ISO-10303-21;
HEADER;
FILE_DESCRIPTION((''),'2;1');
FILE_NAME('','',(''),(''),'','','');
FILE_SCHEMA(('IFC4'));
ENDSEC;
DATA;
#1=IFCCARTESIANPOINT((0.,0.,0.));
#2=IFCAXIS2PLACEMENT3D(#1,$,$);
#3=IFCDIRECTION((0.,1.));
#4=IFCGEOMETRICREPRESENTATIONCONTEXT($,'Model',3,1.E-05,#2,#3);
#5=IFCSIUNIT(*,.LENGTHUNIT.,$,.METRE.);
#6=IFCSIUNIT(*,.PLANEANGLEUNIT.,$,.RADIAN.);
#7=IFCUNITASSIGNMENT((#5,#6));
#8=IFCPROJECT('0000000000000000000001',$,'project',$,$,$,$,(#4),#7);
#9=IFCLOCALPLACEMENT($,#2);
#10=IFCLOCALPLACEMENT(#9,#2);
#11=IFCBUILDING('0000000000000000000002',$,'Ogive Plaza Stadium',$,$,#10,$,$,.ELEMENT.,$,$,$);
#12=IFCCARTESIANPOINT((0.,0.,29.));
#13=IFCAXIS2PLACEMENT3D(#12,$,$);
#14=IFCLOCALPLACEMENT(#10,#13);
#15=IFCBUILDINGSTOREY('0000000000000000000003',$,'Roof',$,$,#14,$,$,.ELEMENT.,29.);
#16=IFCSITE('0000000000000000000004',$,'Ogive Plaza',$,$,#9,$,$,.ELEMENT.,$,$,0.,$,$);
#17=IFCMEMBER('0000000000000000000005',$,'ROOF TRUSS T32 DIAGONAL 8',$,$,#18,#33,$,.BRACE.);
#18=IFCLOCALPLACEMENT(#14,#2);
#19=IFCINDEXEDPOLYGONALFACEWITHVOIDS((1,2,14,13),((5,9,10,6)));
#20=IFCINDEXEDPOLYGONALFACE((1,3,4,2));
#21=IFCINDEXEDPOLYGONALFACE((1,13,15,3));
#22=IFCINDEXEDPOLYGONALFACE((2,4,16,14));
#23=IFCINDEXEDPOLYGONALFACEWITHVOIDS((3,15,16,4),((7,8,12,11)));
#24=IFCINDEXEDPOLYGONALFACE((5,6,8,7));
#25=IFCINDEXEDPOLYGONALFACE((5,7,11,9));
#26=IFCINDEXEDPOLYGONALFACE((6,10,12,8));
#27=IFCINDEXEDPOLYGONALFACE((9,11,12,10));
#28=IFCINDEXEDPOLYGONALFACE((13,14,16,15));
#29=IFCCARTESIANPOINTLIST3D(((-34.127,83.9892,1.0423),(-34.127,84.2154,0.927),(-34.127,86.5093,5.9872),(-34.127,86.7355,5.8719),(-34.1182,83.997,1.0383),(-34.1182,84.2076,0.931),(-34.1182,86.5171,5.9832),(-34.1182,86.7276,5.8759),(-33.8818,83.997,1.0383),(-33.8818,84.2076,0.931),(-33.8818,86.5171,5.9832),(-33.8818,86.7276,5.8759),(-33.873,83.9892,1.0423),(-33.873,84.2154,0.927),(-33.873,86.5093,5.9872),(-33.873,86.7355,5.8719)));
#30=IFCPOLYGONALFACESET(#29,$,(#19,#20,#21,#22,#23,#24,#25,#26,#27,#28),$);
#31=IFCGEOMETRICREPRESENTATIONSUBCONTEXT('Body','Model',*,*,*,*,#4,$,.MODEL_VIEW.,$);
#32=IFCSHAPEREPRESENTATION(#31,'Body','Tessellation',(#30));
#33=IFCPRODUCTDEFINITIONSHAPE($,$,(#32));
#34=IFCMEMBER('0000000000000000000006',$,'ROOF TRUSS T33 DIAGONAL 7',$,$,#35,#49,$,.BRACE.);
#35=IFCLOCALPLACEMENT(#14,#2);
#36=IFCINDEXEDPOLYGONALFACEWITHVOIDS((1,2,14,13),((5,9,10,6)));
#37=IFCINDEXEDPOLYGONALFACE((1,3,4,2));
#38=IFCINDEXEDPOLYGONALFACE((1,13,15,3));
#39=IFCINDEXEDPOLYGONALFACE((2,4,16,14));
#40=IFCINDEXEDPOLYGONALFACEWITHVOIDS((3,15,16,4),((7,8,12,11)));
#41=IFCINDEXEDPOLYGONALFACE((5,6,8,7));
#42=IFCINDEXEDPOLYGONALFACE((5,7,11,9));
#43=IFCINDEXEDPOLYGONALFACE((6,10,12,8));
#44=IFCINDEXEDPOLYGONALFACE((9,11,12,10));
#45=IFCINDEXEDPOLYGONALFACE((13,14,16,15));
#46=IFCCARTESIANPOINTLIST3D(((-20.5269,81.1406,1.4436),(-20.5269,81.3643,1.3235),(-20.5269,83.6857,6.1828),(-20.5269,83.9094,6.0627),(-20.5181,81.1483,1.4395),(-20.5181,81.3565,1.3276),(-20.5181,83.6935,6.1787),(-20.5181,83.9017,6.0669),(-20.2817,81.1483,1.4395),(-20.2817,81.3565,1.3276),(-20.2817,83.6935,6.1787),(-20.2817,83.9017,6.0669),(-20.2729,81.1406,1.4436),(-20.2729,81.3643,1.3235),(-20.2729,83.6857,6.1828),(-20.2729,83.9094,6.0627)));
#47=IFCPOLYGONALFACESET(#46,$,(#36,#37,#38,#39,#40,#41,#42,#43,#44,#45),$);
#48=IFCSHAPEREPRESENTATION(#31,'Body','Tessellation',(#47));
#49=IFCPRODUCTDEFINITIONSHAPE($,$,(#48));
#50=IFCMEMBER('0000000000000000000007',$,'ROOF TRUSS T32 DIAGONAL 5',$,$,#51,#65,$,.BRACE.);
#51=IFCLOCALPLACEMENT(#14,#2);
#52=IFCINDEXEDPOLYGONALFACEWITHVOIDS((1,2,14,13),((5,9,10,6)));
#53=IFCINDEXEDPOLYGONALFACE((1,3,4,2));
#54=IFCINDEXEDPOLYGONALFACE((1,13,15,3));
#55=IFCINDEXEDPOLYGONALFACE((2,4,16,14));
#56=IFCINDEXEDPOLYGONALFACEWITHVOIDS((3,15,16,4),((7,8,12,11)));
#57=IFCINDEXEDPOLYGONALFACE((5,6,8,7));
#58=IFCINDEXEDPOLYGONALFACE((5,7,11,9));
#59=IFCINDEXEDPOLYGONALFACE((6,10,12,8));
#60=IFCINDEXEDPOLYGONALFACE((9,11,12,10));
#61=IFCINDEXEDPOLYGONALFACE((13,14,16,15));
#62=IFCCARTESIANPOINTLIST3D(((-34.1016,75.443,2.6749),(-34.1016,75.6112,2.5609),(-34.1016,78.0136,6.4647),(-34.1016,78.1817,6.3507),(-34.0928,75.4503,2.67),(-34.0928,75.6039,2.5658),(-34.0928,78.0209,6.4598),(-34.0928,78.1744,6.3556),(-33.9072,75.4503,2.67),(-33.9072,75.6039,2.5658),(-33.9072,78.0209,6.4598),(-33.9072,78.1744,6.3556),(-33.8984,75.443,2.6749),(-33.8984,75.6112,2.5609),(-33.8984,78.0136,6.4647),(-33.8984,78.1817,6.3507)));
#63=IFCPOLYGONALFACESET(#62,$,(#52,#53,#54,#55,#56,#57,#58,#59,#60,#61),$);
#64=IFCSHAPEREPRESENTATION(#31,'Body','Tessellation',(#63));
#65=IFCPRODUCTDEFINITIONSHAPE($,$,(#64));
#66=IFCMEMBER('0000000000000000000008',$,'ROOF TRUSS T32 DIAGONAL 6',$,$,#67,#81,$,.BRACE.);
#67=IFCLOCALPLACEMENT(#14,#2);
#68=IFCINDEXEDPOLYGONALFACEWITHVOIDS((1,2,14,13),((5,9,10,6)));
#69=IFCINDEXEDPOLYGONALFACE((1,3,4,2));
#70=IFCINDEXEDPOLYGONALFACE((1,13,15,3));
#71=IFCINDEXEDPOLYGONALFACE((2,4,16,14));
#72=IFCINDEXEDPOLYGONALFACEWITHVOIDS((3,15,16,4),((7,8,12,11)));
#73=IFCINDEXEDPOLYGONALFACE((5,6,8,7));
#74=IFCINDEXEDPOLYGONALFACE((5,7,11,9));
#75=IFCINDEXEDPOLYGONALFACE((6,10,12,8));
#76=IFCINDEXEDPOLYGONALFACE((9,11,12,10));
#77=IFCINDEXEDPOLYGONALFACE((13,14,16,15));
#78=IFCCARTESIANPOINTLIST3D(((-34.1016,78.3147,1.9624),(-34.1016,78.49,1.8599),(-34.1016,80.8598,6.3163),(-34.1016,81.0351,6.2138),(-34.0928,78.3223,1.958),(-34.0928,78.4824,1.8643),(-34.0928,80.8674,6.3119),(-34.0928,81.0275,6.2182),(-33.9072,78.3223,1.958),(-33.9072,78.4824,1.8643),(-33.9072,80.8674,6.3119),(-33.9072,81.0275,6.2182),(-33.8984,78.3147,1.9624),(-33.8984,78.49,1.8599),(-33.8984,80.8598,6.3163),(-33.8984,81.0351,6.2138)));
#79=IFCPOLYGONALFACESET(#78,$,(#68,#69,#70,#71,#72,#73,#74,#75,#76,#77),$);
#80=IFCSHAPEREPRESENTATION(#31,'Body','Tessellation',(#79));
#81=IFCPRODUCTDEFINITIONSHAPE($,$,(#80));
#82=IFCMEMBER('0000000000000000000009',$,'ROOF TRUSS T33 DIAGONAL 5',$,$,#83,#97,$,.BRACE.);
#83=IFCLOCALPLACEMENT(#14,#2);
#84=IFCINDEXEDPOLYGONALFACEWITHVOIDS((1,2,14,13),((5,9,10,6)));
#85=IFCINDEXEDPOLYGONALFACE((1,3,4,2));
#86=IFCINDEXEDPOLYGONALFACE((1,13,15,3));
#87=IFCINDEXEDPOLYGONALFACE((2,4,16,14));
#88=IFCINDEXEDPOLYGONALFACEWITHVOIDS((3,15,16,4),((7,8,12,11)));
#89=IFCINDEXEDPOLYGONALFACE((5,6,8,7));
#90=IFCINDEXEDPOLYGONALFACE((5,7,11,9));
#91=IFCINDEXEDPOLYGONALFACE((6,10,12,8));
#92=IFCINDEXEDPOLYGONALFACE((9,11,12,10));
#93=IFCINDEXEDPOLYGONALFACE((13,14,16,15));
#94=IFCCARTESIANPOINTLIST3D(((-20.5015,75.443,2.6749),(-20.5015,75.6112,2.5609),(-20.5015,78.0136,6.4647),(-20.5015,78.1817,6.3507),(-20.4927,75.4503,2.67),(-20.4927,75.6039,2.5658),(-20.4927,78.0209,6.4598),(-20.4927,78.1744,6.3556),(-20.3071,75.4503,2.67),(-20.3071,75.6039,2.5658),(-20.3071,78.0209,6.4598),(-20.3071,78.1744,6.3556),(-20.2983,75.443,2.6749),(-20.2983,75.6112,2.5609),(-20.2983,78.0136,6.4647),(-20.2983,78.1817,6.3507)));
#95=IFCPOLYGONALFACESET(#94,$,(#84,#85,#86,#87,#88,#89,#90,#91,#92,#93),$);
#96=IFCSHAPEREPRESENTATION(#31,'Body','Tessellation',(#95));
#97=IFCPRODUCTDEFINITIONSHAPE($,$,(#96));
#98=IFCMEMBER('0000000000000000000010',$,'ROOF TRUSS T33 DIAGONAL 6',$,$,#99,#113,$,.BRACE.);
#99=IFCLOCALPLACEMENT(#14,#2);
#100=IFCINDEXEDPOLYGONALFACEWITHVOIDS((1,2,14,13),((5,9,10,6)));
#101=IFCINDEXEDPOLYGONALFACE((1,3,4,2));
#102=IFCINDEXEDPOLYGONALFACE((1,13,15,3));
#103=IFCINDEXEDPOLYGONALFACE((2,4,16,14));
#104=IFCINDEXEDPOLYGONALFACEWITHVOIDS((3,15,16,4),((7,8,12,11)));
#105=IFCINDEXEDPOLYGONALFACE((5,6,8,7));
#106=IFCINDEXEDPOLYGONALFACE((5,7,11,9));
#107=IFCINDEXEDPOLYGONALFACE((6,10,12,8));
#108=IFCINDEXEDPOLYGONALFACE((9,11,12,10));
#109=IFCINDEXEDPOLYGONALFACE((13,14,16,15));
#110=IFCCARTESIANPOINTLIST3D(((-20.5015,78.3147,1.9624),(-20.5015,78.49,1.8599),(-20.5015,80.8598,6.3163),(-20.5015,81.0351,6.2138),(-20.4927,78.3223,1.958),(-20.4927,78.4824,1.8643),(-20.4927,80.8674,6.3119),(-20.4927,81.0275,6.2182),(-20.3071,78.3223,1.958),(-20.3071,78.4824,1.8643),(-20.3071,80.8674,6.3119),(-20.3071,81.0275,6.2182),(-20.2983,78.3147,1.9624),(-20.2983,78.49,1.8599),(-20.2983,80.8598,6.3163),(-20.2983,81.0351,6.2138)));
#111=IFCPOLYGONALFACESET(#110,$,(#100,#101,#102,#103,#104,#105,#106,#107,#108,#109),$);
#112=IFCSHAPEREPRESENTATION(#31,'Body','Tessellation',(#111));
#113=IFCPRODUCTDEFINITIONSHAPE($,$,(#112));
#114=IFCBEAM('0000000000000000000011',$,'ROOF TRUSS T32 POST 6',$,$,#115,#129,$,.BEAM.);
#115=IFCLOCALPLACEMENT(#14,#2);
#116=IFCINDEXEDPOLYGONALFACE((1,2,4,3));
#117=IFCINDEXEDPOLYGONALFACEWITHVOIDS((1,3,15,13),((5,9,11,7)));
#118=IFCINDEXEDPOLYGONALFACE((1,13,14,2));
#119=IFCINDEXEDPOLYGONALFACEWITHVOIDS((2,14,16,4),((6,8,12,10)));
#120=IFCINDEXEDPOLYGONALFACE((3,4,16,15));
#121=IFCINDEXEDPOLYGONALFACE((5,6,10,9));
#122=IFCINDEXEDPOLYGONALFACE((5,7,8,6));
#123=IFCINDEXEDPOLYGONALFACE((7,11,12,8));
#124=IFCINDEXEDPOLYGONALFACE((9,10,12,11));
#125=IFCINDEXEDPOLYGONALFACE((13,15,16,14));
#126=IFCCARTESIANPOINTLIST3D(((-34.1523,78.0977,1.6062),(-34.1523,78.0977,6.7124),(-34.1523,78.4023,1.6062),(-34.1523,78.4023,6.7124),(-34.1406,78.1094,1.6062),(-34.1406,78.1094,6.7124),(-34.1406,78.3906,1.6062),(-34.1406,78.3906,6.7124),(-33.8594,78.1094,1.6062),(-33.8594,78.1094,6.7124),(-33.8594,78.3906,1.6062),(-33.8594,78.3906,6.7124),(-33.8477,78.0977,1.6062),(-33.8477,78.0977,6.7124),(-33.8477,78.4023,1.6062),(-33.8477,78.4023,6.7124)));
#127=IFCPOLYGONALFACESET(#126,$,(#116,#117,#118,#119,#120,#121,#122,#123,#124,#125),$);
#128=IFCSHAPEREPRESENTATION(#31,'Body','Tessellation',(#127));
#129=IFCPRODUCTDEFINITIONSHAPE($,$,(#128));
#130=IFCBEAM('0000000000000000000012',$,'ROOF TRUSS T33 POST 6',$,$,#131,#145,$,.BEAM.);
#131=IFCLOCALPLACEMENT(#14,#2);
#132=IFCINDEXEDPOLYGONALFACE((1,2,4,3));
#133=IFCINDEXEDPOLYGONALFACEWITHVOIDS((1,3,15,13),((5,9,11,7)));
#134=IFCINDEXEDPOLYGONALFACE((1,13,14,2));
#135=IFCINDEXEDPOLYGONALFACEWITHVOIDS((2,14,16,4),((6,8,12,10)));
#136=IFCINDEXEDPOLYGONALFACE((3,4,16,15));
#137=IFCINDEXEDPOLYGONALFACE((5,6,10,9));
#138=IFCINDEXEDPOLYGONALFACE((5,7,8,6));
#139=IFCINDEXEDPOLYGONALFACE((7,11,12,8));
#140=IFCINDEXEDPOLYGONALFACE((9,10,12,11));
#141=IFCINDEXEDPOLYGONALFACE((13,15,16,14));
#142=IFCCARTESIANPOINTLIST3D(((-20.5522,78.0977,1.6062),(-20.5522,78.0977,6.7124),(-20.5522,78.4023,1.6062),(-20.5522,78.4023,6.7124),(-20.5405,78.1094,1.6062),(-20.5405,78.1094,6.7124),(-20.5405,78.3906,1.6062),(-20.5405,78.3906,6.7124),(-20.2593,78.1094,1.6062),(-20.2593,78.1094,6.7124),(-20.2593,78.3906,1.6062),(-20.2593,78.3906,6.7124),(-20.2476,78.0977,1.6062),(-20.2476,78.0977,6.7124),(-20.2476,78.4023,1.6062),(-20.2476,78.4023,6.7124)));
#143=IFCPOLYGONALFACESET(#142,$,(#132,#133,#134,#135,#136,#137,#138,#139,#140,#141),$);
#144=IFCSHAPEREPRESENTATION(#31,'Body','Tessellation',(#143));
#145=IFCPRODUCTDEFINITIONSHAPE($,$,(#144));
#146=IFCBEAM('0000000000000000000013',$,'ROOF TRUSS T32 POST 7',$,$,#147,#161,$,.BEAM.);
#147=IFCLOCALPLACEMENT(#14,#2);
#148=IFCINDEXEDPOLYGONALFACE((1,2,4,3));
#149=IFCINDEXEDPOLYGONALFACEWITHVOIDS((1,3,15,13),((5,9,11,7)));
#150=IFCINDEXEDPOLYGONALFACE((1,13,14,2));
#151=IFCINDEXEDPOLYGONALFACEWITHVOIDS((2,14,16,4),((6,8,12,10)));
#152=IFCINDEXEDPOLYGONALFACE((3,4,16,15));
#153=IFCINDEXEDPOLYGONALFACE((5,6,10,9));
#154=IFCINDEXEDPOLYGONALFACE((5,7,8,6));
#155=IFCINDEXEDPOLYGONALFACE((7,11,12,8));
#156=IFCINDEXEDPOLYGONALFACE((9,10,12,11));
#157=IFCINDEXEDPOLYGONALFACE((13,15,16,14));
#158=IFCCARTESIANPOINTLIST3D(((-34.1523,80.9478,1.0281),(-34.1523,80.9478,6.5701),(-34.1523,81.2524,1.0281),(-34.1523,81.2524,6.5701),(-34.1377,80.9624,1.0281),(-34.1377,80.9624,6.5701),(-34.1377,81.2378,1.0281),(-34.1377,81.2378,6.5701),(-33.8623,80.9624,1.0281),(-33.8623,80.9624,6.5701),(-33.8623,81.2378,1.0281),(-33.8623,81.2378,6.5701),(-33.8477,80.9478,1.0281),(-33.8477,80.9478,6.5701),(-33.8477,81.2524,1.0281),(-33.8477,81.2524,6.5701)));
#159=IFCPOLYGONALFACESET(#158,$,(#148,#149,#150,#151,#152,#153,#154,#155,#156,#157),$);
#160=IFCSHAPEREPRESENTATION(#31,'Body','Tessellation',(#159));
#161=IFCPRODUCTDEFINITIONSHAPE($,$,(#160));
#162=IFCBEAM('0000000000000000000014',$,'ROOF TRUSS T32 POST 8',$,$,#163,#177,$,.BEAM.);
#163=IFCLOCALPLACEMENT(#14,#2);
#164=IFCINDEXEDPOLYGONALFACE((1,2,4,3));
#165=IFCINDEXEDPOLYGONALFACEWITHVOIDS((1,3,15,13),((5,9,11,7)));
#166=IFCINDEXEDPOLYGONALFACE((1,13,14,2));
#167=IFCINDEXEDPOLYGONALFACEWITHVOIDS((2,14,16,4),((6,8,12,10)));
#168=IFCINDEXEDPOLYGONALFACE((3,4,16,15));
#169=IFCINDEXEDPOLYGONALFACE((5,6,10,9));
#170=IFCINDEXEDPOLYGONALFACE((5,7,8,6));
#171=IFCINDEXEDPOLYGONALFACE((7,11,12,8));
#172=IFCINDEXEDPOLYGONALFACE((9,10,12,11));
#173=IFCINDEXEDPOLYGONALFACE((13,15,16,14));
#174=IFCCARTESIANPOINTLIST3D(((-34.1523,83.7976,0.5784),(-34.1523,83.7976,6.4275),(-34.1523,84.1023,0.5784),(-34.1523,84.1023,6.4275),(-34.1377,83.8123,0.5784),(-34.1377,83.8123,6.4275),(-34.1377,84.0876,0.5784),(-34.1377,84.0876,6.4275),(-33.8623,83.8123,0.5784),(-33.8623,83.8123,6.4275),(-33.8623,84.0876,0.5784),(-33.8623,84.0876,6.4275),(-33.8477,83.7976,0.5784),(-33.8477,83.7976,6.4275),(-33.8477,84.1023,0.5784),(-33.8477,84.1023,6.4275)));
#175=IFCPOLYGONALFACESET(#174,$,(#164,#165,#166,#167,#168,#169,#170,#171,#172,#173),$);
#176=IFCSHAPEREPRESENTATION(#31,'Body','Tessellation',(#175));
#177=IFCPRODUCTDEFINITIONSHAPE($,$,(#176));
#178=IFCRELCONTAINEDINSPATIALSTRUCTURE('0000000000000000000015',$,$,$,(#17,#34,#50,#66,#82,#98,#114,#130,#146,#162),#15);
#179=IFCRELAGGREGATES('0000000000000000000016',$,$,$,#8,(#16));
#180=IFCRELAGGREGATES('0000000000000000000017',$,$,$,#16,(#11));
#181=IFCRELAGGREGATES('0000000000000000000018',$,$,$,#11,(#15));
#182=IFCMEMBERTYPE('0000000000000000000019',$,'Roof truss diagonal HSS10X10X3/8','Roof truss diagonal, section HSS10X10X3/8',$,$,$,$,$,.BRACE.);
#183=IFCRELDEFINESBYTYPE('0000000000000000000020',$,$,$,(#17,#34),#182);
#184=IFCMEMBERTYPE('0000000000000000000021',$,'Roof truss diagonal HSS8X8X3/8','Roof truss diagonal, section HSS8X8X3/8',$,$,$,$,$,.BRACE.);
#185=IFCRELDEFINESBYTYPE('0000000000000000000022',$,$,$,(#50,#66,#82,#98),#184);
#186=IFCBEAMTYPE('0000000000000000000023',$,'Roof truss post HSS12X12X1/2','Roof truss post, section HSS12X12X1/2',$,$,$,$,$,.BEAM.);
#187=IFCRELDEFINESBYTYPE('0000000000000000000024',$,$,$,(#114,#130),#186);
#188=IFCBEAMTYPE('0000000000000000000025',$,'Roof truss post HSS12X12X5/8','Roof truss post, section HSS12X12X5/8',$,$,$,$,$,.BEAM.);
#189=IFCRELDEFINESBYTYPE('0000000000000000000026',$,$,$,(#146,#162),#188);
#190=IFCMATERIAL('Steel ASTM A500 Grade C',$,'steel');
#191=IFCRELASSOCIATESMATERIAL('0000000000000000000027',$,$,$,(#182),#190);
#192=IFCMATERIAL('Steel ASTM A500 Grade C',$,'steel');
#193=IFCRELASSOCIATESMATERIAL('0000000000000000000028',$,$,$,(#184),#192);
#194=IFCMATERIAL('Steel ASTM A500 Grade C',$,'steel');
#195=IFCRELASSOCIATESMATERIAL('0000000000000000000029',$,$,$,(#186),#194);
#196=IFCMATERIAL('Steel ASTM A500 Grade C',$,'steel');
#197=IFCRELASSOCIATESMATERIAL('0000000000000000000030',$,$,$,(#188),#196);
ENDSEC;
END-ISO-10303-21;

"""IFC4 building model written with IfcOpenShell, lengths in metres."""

from ifc_helpers import new_model, si_unit, direction, frame, origin, origin_2d, place, context, subcontext, project, spatial, hollow_rectangle, extrude, material, material_profile, profile_set, type_object, element, save


model = new_model("IFC4")

# Units and contexts
model_context = context("Model", 3, precision=1e-05, world=origin(), true_north=direction((0.0, 1.0)))
body_context = subcontext(model_context, "Body", "Model", "MODEL_VIEW")
ifc_project = project(units=[si_unit("LENGTHUNIT", "METRE"), si_unit("PLANEANGLEUNIT", "RADIAN")], contexts=[model_context])

# Site, building, storey
site_placement = place(None, origin())
site = spatial("IfcSite", under=ifc_project, at=site_placement, Name="Ogive Plaza", CompositionType="ELEMENT", RefElevation=0.0)
building_placement = place(site_placement, origin())
building = spatial("IfcBuilding", under=site, at=building_placement, Name="Ogive Plaza Stadium", CompositionType="ELEMENT")
storey_placement = place(building_placement, frame((0.0, 0.0, 29.0)))
storey = spatial("IfcBuildingStorey", under=building, at=storey_placement, Name="Roof", CompositionType="ELEMENT", Elevation=29.0)

# Members
ifc_material_1 = material(Name="Steel ASTM A500 Grade C", Category="steel")
ifc_material_profile_1 = material_profile(ifc_material_1, hollow_rectangle(XDim=0.2539, YDim=0.2539, WallThickness=0.0088, at=origin_2d()), Name="HSS10X10X3/8")
ifc_profile_set_1 = profile_set([ifc_material_profile_1], Name="Steel ASTM A500 Grade C")
member_type_1 = type_object("IfcMemberType", Name="Roof truss diagonal HSS10X10X3/8", Description="Roof truss diagonal, section HSS10X10X3/8", PredefinedType="BRACE", material=ifc_profile_set_1)
member_1_placement = place(storey_placement, frame((-34.0, 84.1023, 0.9846), z_axis=(0.0, 0.454063, 0.89097), x_axis=(-1.0, 0.0, 0.0)))
element("IfcMember", 1, at=member_1_placement, inside=storey, type_object=member_type_1, Name="ROOF TRUSS T32 DIAGONAL 8", PredefinedType="BRACE", context=body_context, shape_type="SweptSolid", body=[
    extrude(hollow_rectangle(XDim=0.2539, YDim=0.2539, WallThickness=0.0088, at=origin_2d()), origin(), (0.0, 0.0, 1.0), 5.55),
])
member_2_placement = place(storey_placement, frame((-20.3999, 81.2524, 1.3835), z_axis=(0.0, 0.473128, 0.880994), x_axis=(-1.0, 0.0, 0.0)))
element("IfcMember", 2, at=member_2_placement, inside=storey, type_object=member_type_1, Name="ROOF TRUSS T33 DIAGONAL 7", PredefinedType="BRACE", context=body_context, shape_type="SweptSolid", body=[
    extrude(hollow_rectangle(XDim=0.2539, YDim=0.2539, WallThickness=0.0088, at=origin_2d()), origin(), (0.0, 0.0, 1.0), 5.3794),
])
ifc_material_2 = material(Name="Steel ASTM A500 Grade C", Category="steel")
ifc_material_profile_2 = material_profile(ifc_material_2, hollow_rectangle(XDim=0.2031, YDim=0.2031, WallThickness=0.0088, at=origin_2d()), Name="HSS8X8X3/8")
ifc_profile_set_2 = profile_set([ifc_material_profile_2], Name="Steel ASTM A500 Grade C")
member_type_2 = type_object("IfcMemberType", Name="Roof truss diagonal HSS8X8X3/8", Description="Roof truss diagonal, section HSS8X8X3/8", PredefinedType="BRACE", material=ifc_profile_set_2)
member_3_placement = place(storey_placement, frame((-34.0, 75.5271, 2.6179), z_axis=(0.0, 0.561338, 0.827586), x_axis=(-1.0, 0.0, 0.0)))
element("IfcMember", 3, at=member_3_placement, inside=storey, type_object=member_type_2, Name="ROOF TRUSS T32 DIAGONAL 5", PredefinedType="BRACE", context=body_context, shape_type="SweptSolid", body=[
    extrude(hollow_rectangle(XDim=0.2031, YDim=0.2031, WallThickness=0.0088, at=origin_2d()), origin(), (0.0, 0.0, 1.0), 4.5793),
])
member_4_placement = place(storey_placement, frame((-34.0, 78.4023, 1.9111), z_axis=(0.0, 0.504659, 0.863319), x_axis=(-1.0, 0.0, 0.0)))
element("IfcMember", 4, at=member_4_placement, inside=storey, type_object=member_type_2, Name="ROOF TRUSS T32 DIAGONAL 6", PredefinedType="BRACE", context=body_context, shape_type="SweptSolid", body=[
    extrude(hollow_rectangle(XDim=0.2031, YDim=0.2031, WallThickness=0.0088, at=origin_2d()), origin(), (0.0, 0.0, 1.0), 5.0432),
])
member_5_placement = place(storey_placement, frame((-20.3999, 75.5271, 2.6179), z_axis=(0.0, 0.561338, 0.827586), x_axis=(-1.0, 0.0, 0.0)))
element("IfcMember", 5, at=member_5_placement, inside=storey, type_object=member_type_2, Name="ROOF TRUSS T33 DIAGONAL 5", PredefinedType="BRACE", context=body_context, shape_type="SweptSolid", body=[
    extrude(hollow_rectangle(XDim=0.2031, YDim=0.2031, WallThickness=0.0088, at=origin_2d()), origin(), (0.0, 0.0, 1.0), 4.5793),
])
member_6_placement = place(storey_placement, frame((-20.3999, 78.4023, 1.9111), z_axis=(0.0, 0.504659, 0.863319), x_axis=(-1.0, 0.0, 0.0)))
element("IfcMember", 6, at=member_6_placement, inside=storey, type_object=member_type_2, Name="ROOF TRUSS T33 DIAGONAL 6", PredefinedType="BRACE", context=body_context, shape_type="SweptSolid", body=[
    extrude(hollow_rectangle(XDim=0.2031, YDim=0.2031, WallThickness=0.0088, at=origin_2d()), origin(), (0.0, 0.0, 1.0), 5.0432),
])

# Beams
ifc_material_3 = material(Name="Steel ASTM A500 Grade C", Category="steel")
ifc_material_profile_3 = material_profile(ifc_material_3, hollow_rectangle(XDim=0.3047, YDim=0.3047, WallThickness=0.0117, at=origin_2d()), Name="HSS12X12X1/2")
ifc_profile_set_3 = profile_set([ifc_material_profile_3], Name="Steel ASTM A500 Grade C")
beam_type_1 = type_object("IfcBeamType", Name="Roof truss post HSS12X12X1/2", Description="Roof truss post, section HSS12X12X1/2", PredefinedType="BEAM", material=ifc_profile_set_3)
for number, where, z_axis, x_axis, name in (
    (7, (-34.0, 78.25, 1.6062), (0.0, 0.0, 1.0), (-1.0, 0.0, 0.0), "ROOF TRUSS T32 POST 6"),
    (8, (-20.3999, 78.25, 1.6062), (0.0, 0.0, 1.0), (-1.0, 0.0, 0.0), "ROOF TRUSS T33 POST 6"),
):
    element("IfcBeam", number, at=place(storey_placement, frame(where, z_axis=z_axis, x_axis=x_axis)), inside=storey, type_object=beam_type_1, Name=name, PredefinedType="BEAM", context=body_context, shape_type="SweptSolid", body=[
        extrude(hollow_rectangle(XDim=0.3047, YDim=0.3047, WallThickness=0.0117, at=origin_2d()), origin(), (0.0, 0.0, 1.0), 5.1062),
    ])
ifc_material_4 = material(Name="Steel ASTM A500 Grade C", Category="steel")
ifc_material_profile_4 = material_profile(ifc_material_4, hollow_rectangle(XDim=0.3047, YDim=0.3047, WallThickness=0.0146, at=origin_2d()), Name="HSS12X12X5/8")
ifc_profile_set_4 = profile_set([ifc_material_profile_4], Name="Steel ASTM A500 Grade C")
beam_type_2 = type_object("IfcBeamType", Name="Roof truss post HSS12X12X5/8", Description="Roof truss post, section HSS12X12X5/8", PredefinedType="BEAM", material=ifc_profile_set_4)
beam_1_placement = place(storey_placement, frame((-34.0, 81.1001, 1.0281), z_axis=(0.0, 0.0, 1.0), x_axis=(-1.0, 0.0, 0.0)))
element("IfcBeam", 9, at=beam_1_placement, inside=storey, type_object=beam_type_2, Name="ROOF TRUSS T32 POST 7", PredefinedType="BEAM", context=body_context, shape_type="SweptSolid", body=[
    extrude(hollow_rectangle(XDim=0.3047, YDim=0.3047, WallThickness=0.0146, at=origin_2d()), origin(), (0.0, 0.0, 1.0), 5.542),
])
beam_2_placement = place(storey_placement, frame((-34.0, 83.95, 0.5784), z_axis=(0.0, 0.0, 1.0), x_axis=(-1.0, 0.0, 0.0)))
element("IfcBeam", 10, at=beam_2_placement, inside=storey, type_object=beam_type_2, Name="ROOF TRUSS T32 POST 8", PredefinedType="BEAM", context=body_context, shape_type="SweptSolid", body=[
    extrude(hollow_rectangle(XDim=0.3047, YDim=0.3047, WallThickness=0.0146, at=origin_2d()), origin(), (0.0, 0.0, 1.0), 5.8491),
])

save(model, "model.ifc")
